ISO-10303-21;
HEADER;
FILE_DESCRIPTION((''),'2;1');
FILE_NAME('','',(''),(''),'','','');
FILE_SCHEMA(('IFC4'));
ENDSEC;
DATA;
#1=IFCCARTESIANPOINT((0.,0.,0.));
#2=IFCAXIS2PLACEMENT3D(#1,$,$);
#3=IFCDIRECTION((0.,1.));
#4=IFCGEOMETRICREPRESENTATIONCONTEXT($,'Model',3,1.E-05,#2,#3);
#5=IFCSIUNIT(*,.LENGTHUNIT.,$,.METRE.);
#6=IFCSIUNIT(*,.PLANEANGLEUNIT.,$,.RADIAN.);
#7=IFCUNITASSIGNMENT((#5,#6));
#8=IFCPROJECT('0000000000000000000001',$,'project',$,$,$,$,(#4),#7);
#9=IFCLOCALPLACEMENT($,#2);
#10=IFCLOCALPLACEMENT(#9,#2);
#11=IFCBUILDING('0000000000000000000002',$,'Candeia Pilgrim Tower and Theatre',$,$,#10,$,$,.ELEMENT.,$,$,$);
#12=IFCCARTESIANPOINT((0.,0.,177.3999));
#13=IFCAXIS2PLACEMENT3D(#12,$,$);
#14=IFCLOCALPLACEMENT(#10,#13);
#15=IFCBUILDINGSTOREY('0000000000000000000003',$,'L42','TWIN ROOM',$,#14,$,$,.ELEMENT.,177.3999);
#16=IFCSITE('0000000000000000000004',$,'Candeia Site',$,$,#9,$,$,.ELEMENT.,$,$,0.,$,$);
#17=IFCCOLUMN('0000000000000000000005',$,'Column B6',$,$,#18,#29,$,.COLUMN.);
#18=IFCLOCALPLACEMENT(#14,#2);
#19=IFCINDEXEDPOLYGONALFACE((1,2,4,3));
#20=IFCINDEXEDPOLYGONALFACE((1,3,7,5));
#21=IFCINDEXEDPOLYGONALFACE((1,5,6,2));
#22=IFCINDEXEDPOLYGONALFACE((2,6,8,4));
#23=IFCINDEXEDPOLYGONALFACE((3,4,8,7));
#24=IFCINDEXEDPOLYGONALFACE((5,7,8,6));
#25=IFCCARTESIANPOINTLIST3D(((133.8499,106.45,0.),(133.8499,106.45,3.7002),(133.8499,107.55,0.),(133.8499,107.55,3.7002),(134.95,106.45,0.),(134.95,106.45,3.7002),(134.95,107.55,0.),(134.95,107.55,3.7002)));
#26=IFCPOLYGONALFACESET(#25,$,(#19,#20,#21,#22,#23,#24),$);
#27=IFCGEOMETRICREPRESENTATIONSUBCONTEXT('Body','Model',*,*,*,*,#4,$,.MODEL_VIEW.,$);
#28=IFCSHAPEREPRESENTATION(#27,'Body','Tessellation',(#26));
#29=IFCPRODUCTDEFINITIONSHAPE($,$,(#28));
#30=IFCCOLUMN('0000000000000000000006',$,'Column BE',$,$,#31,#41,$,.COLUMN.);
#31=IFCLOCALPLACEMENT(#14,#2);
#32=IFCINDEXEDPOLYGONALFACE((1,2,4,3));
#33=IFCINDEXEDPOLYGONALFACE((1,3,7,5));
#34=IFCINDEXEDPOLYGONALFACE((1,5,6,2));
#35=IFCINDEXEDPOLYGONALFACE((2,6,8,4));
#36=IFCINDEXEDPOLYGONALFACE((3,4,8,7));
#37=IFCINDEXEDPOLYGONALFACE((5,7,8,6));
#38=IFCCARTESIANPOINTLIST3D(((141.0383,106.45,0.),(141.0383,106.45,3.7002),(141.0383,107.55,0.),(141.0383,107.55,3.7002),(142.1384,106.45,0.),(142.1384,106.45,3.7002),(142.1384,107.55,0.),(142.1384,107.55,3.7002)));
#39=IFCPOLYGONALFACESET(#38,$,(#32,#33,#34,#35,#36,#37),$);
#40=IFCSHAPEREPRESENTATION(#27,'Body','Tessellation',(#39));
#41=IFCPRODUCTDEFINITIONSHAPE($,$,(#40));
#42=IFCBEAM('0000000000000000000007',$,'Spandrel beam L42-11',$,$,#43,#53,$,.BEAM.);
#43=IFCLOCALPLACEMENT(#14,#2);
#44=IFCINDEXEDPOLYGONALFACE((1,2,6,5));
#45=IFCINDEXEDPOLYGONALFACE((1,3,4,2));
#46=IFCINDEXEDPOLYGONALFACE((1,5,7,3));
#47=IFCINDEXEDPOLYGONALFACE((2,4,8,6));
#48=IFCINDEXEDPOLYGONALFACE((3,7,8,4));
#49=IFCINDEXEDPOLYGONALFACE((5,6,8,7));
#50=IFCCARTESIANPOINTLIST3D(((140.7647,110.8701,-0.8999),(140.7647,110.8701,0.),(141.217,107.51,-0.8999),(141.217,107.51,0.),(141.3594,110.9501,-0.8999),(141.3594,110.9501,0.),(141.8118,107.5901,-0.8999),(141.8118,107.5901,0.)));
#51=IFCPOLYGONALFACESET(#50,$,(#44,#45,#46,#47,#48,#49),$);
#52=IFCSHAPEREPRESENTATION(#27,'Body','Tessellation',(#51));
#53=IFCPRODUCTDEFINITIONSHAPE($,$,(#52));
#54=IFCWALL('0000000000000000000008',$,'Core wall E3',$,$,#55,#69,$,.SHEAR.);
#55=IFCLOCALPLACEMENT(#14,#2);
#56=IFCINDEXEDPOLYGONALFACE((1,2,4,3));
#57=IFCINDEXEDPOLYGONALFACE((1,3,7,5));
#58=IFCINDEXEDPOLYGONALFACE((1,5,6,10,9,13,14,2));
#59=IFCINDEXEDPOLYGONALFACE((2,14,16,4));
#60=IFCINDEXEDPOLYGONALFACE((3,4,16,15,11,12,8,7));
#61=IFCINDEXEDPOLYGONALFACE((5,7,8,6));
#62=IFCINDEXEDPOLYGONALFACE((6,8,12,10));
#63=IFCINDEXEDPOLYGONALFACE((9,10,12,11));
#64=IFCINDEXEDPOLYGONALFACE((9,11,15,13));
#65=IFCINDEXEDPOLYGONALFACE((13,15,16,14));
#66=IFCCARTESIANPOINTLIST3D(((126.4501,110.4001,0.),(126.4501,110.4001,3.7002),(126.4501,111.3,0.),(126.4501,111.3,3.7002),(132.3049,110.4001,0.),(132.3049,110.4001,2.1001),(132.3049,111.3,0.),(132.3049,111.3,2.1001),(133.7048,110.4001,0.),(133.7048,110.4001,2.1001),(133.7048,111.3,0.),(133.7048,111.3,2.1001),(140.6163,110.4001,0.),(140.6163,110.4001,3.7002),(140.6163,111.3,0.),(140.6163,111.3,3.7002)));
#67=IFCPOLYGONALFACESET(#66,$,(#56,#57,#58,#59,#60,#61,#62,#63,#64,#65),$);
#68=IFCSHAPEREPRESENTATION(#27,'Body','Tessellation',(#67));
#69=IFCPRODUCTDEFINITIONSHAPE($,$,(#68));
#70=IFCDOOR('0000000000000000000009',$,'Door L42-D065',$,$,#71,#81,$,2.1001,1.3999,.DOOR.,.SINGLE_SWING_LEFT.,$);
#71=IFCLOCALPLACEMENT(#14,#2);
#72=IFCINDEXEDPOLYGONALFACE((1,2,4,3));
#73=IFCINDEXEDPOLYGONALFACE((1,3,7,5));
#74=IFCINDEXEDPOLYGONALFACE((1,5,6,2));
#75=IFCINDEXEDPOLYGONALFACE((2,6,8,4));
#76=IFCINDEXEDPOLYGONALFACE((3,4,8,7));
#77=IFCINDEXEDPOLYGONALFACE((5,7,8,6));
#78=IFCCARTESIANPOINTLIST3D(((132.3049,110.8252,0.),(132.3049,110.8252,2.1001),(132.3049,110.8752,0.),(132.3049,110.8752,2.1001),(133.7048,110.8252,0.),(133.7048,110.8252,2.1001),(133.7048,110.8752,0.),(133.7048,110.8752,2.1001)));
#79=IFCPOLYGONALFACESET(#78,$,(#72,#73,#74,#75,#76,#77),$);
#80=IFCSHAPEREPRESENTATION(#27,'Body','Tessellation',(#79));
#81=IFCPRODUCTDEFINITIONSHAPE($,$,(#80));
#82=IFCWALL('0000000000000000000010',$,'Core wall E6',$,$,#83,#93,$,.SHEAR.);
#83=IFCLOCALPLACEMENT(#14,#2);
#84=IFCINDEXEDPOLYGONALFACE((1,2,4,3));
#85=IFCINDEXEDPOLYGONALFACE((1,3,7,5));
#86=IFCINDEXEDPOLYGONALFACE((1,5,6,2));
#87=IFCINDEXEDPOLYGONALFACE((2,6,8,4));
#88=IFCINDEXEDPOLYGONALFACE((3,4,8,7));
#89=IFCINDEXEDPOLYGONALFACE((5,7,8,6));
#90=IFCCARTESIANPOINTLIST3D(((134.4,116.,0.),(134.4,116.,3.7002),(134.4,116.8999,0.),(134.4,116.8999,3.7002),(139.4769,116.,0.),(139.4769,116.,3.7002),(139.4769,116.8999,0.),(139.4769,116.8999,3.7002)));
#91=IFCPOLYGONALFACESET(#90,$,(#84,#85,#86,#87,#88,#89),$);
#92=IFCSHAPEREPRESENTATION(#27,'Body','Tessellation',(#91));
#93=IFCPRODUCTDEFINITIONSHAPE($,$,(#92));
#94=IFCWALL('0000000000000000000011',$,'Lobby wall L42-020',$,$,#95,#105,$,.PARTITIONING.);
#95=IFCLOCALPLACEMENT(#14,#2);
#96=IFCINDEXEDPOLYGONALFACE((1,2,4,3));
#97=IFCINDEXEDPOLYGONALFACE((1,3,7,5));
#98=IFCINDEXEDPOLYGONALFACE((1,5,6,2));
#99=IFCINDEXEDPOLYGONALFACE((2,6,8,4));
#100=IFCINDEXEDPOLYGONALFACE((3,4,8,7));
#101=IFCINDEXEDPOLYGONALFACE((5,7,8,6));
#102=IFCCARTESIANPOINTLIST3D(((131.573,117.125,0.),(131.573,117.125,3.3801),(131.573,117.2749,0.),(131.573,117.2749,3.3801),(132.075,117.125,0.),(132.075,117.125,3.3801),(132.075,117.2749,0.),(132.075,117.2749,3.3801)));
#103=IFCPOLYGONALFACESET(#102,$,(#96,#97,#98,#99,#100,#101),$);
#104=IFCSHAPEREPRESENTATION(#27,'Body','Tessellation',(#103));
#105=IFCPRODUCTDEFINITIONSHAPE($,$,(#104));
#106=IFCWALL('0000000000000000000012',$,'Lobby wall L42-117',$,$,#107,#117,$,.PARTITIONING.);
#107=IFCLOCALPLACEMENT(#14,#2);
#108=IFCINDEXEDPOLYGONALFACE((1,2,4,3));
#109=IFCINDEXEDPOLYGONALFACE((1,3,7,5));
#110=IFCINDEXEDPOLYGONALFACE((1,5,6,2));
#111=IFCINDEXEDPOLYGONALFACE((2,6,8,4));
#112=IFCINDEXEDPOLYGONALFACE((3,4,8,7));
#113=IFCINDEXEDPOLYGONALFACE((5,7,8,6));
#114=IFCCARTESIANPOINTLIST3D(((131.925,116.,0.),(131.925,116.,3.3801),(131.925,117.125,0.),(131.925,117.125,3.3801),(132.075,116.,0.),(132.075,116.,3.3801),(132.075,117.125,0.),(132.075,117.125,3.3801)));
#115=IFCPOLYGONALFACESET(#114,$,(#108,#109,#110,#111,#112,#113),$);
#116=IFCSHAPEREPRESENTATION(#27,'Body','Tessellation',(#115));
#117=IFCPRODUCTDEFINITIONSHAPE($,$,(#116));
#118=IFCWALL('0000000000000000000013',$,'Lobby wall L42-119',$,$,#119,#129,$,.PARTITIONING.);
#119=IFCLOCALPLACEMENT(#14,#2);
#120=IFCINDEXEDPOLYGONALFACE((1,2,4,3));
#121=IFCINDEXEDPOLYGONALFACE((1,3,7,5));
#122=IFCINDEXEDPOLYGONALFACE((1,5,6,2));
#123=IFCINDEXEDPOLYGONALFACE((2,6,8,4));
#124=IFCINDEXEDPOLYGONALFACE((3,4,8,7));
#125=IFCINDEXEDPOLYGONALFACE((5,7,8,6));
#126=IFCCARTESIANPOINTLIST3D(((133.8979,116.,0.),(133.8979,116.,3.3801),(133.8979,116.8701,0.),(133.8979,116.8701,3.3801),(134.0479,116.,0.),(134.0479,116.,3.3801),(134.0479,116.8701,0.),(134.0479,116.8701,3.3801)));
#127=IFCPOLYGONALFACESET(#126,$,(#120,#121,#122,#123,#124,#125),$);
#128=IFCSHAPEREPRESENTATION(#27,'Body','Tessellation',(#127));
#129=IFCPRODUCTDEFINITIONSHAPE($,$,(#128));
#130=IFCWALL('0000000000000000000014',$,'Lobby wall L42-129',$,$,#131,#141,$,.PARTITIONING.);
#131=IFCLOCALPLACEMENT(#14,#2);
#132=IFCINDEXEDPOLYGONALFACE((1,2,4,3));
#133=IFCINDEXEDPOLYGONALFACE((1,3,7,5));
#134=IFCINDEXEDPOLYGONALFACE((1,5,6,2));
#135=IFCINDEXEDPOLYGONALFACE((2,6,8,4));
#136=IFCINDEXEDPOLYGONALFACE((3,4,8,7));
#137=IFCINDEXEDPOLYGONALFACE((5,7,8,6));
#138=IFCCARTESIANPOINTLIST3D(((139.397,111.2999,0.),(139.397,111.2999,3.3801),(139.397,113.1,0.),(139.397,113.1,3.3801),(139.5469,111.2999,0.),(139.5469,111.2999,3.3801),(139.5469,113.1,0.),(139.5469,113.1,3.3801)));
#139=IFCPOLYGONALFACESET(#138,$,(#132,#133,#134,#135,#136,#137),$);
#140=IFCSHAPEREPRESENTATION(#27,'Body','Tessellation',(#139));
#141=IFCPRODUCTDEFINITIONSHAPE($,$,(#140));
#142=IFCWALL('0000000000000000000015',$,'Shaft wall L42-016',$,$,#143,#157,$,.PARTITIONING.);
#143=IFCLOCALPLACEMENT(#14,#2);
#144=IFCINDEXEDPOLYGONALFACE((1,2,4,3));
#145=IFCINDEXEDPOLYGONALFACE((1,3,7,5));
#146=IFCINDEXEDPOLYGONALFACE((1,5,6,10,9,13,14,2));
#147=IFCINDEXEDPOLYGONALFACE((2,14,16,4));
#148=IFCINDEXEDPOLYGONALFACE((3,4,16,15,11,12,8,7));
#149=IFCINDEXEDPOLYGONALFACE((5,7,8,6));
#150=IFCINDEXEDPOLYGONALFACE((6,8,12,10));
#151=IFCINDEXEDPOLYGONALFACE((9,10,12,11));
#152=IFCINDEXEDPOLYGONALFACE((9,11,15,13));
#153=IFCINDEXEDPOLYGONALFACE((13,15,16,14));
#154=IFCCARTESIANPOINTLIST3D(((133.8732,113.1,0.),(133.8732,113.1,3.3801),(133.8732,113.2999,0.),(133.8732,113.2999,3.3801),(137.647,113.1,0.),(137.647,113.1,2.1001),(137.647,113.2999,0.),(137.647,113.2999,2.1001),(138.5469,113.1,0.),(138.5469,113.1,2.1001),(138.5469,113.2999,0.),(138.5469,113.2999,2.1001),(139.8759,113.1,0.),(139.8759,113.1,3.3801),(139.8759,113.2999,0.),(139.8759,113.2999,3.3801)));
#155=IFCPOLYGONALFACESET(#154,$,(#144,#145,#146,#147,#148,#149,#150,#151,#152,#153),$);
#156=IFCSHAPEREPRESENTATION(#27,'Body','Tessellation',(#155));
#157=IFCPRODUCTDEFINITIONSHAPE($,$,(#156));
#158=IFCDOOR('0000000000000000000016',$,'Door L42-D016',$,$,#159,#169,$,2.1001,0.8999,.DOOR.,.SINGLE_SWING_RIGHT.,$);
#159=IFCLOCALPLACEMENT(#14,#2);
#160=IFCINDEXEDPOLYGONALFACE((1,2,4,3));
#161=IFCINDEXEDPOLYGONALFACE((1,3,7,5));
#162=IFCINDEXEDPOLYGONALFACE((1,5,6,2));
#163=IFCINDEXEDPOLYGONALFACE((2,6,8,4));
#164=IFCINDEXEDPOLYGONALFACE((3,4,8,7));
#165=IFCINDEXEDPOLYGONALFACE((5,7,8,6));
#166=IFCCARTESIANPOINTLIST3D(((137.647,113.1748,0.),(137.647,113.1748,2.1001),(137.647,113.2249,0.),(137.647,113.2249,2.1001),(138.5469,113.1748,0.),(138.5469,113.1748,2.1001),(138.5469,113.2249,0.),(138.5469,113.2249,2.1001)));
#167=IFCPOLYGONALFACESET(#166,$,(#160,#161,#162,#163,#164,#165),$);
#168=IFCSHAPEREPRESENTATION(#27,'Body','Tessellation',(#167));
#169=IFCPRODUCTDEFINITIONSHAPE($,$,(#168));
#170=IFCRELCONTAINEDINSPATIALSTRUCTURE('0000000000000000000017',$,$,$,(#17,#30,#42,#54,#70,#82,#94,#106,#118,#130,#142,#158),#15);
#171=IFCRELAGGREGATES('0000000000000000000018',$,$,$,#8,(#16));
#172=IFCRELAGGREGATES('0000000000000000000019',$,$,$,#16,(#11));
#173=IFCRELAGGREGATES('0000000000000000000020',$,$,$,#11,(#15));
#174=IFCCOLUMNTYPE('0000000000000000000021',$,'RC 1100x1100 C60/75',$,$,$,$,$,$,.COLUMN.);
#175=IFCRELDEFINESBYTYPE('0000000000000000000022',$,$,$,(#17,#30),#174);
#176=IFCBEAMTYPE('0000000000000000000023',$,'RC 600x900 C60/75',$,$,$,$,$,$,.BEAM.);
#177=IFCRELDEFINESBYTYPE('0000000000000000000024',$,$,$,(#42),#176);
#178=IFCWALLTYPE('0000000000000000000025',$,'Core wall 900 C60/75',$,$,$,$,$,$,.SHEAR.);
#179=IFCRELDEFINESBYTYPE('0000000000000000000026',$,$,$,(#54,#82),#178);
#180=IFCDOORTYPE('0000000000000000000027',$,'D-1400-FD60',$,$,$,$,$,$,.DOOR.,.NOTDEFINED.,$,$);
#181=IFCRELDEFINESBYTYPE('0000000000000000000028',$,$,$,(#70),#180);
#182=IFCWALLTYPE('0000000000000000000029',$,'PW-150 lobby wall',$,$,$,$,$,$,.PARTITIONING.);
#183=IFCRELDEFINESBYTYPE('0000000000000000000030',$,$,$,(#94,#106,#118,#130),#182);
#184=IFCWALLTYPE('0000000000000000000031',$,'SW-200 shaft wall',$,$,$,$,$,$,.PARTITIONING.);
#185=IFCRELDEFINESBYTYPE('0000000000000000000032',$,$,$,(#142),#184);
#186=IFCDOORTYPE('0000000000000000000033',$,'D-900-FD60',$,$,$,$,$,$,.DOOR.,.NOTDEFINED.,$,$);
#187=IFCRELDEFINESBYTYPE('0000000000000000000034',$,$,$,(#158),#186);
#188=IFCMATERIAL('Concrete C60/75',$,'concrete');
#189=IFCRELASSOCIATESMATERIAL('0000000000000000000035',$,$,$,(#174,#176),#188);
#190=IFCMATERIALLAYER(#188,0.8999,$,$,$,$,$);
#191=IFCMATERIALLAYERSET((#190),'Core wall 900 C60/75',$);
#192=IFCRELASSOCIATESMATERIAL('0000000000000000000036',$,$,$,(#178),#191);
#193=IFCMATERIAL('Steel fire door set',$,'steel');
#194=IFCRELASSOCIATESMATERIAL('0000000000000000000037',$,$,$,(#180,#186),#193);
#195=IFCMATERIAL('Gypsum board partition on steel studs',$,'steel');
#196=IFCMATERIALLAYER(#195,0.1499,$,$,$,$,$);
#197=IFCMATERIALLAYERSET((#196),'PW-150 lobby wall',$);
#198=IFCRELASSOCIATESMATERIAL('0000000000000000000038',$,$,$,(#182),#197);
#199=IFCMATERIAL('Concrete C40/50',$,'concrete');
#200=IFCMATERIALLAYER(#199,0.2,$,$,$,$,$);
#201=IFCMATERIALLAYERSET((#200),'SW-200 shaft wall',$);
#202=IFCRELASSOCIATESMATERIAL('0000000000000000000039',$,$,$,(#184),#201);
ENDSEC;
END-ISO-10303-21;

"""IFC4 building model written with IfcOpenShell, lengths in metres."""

from ifc_helpers import new_model, si_unit, direction, frame, frame_2d, origin, origin_2d, place, context, subcontext, project, spatial, rectangle, extrude, material, layer, layer_set, material_profile, profile_set, type_object, element, fill, save


model = new_model("IFC4")

# Units and contexts
model_context = context("Model", 3, precision=1e-05, world=origin(), true_north=direction((0.0, 1.0)))
body_context = subcontext(model_context, "Body", "Model", "MODEL_VIEW")
ifc_project = project(units=[si_unit("LENGTHUNIT", "METRE"), si_unit("PLANEANGLEUNIT", "RADIAN")], contexts=[model_context])

# Site, building, storey
site_placement = place(None, origin())
site = spatial("IfcSite", under=ifc_project, at=site_placement, Name="Candeia Site", CompositionType="ELEMENT", RefElevation=0.0)
building_placement = place(site_placement, origin())
building = spatial("IfcBuilding", under=site, at=building_placement, Name="Candeia Pilgrim Tower and Theatre", CompositionType="ELEMENT")
storey_placement = place(building_placement, frame((0.0, 0.0, 177.3999)))
storey = spatial("IfcBuildingStorey", under=building, at=storey_placement, Name="L42", Description="TWIN ROOM", CompositionType="ELEMENT", Elevation=177.3999)

# Columns
ifc_material_1 = material(Name="Concrete C60/75", Category="concrete")
ifc_material_profile_1 = material_profile(ifc_material_1, rectangle(XDim=1.1001, YDim=1.1001, at=origin_2d()))
ifc_profile_set_1 = profile_set([ifc_material_profile_1], Name="Concrete C60/75")
column_type = type_object("IfcColumnType", Name="RC 1100x1100 C60/75", PredefinedType="COLUMN", material=ifc_profile_set_1)
for number, where, z_axis, x_axis, name in (
    (1, (134.3999, 107.0, 0.0), (0.0, 0.0, 1.0), (1.0, 0.0, 0.0), "Column B6"),
    (2, (141.5884, 107.0, 0.0), (0.0, 0.0, 1.0), (1.0, 0.0, 0.0), "Column BE"),
):
    element("IfcColumn", number, at=place(storey_placement, frame(where, z_axis=z_axis, x_axis=x_axis)), inside=storey, type_object=column_type, Name=name, PredefinedType="COLUMN", context=body_context, shape_type="SweptSolid", body=[
        extrude(rectangle(XDim=1.1001, YDim=1.1001, at=origin_2d()), origin(), (0.0, 0.0, 1.0), 3.7002),
    ])

# Beam
ifc_material_profile_2 = material_profile(ifc_material_1, rectangle(XDim=0.6001, YDim=0.8999, at=origin_2d()))
ifc_profile_set_2 = profile_set([ifc_material_profile_2], Name="Concrete C60/75")
beam_type = type_object("IfcBeamType", Name="RC 600x900 C60/75", PredefinedType="BEAM", material=ifc_profile_set_2)
beam_placement = place(storey_placement, frame((141.5144, 107.55, -0.45), z_axis=(-0.133432, 0.991058, 0.0), x_axis=(-0.991058, -0.133432, 0.0)))
element("IfcBeam", 3, at=beam_placement, inside=storey, type_object=beam_type, Name="Spandrel beam L42-11", PredefinedType="BEAM", context=body_context, shape_type="SweptSolid", body=[
    extrude(rectangle(XDim=0.6001, YDim=0.8999, at=origin_2d()), origin(), (0.0, 0.0, 1.0), 3.3904),
])

# Wall, opening, door
ifc_layer_1 = layer(ifc_material_1, 0.8999)
ifc_layer_set_1 = layer_set([ifc_layer_1], Name="Core wall 900 C60/75")
wall_type_1 = type_object("IfcWallType", Name="Core wall 900 C60/75", PredefinedType="SHEAR", material=ifc_layer_set_1)
wall_1_placement = place(storey_placement, frame((140.6162, 110.8501, 0.0), z_axis=(0.0, 0.0, 1.0), x_axis=(-1.0, 0.0, 0.0)))
wall_1 = element("IfcWall", 4, at=wall_1_placement, inside=storey, type_object=wall_type_1, Name="Core wall E3", PredefinedType="SHEAR", context=body_context, shape_type="SweptSolid", body=[
    extrude(rectangle(XDim=14.1663, YDim=0.8999, at=frame_2d((7.083, 0.0))), origin(), (0.0, 0.0, 1.0), 3.7002),
])
opening_1_placement = place(wall_1_placement, frame((6.9114, 0.0, 0.0)))
opening_1 = element("IfcOpeningElement", 5, at=opening_1_placement, cuts=wall_1, PredefinedType="OPENING", context=body_context, shape_type="SweptSolid", body=[
    extrude(rectangle(XDim=1.3999, YDim=2.1001, at=frame_2d((0.7, 1.05))), frame((0.0, 0.46, 0.0), z_axis=(0.0, -1.0, 0.0), x_axis=(1.0, 0.0, 0.0)), (0.0, 0.0, 1.0), 0.9199),
])
ifc_material_2 = material(Name="Steel fire door set", Category="steel")
door_type_1 = type_object("IfcDoorType", Name="D-1400-FD60", OperationType="NOTDEFINED", PredefinedType="DOOR", material=ifc_material_2)
door_1_placement = place(opening_1_placement, origin())
door_1 = element("IfcDoor", 6, at=door_1_placement, inside=storey, type_object=door_type_1, Name="Door L42-D065", OperationType="SINGLE_SWING_LEFT", OverallHeight=2.1001, OverallWidth=1.3999, PredefinedType="DOOR", context=body_context, shape_type="SweptSolid", body=[
    extrude(rectangle(XDim=1.3999, YDim=2.1001, at=frame_2d((0.7, 1.05))), frame((0.0, 0.0249, 0.0), z_axis=(0.0, -1.0, 0.0), x_axis=(1.0, 0.0, 0.0)), (0.0, 0.0, 1.0), 0.05),
])
fill(opening_1, door_1)

# Walls
wall_2_placement = place(storey_placement, frame((134.3999, 116.45, 0.0), z_axis=(0.0, 0.0, 1.0), x_axis=(1.0, 0.0, 0.0)))
element("IfcWall", 7, at=wall_2_placement, inside=storey, type_object=wall_type_1, Name="Core wall E6", PredefinedType="SHEAR", context=body_context, shape_type="SweptSolid", body=[
    extrude(rectangle(XDim=5.0769, YDim=0.8999, at=frame_2d((2.5386, 0.0))), origin(), (0.0, 0.0, 1.0), 3.7002),
])
ifc_material_3 = material(Name="Gypsum board partition on steel studs", Category="steel")
ifc_layer_2 = layer(ifc_material_3, 0.1499)
ifc_layer_set_2 = layer_set([ifc_layer_2], Name="PW-150 lobby wall")
wall_type_2 = type_object("IfcWallType", Name="PW-150 lobby wall", PredefinedType="PARTITIONING", material=ifc_layer_set_2)
wall_3_placement = place(storey_placement, frame((131.573, 117.2, 0.0), z_axis=(0.0, 0.0, 1.0), x_axis=(1.0, 0.0, 0.0)))
element("IfcWall", 8, at=wall_3_placement, inside=storey, type_object=wall_type_2, Name="Lobby wall L42-020", PredefinedType="PARTITIONING", context=body_context, shape_type="SweptSolid", body=[
    extrude(rectangle(XDim=0.502, YDim=0.1499, at=frame_2d((0.251, 0.0))), origin(), (0.0, 0.0, 1.0), 3.3801),
])
wall_4_placement = place(storey_placement, frame((132.0, 116.0, 0.0), z_axis=(0.0, 0.0, 1.0), x_axis=(0.0, 1.0, 0.0)))
element("IfcWall", 9, at=wall_4_placement, inside=storey, type_object=wall_type_2, Name="Lobby wall L42-117", PredefinedType="PARTITIONING", context=body_context, shape_type="SweptSolid", body=[
    extrude(rectangle(XDim=1.125, YDim=0.1499, at=frame_2d((0.5625, 0.0))), origin(), (0.0, 0.0, 1.0), 3.3801),
])
wall_5_placement = place(storey_placement, frame((133.9729, 116.0, 0.0), z_axis=(0.0, 0.0, 1.0), x_axis=(0.0, 1.0, 0.0)))
element("IfcWall", 10, at=wall_5_placement, inside=storey, type_object=wall_type_2, Name="Lobby wall L42-119", PredefinedType="PARTITIONING", context=body_context, shape_type="SweptSolid", body=[
    extrude(rectangle(XDim=0.8701, YDim=0.1499, at=frame_2d((0.4351, 0.0))), origin(), (0.0, 0.0, 1.0), 3.3801),
])
wall_6_placement = place(storey_placement, frame((139.4719, 111.3, 0.0), z_axis=(0.0, 0.0, 1.0), x_axis=(0.0, 1.0, 0.0)))
element("IfcWall", 11, at=wall_6_placement, inside=storey, type_object=wall_type_2, Name="Lobby wall L42-129", PredefinedType="PARTITIONING", context=body_context, shape_type="SweptSolid", body=[
    extrude(rectangle(XDim=1.8, YDim=0.1499, at=frame_2d((0.8999, 0.0))), origin(), (0.0, 0.0, 1.0), 3.3801),
])

# Wall, opening, door
ifc_material_4 = material(Name="Concrete C40/50", Category="concrete")
ifc_layer_3 = layer(ifc_material_4, 0.2)
ifc_layer_set_3 = layer_set([ifc_layer_3], Name="SW-200 shaft wall")
wall_type_3 = type_object("IfcWallType", Name="SW-200 shaft wall", PredefinedType="PARTITIONING", material=ifc_layer_set_3)
wall_7_placement = place(storey_placement, frame((133.873, 113.2, 0.0), z_axis=(0.0, 0.0, 1.0), x_axis=(1.0, 0.0, 0.0)))
wall_7 = element("IfcWall", 12, at=wall_7_placement, inside=storey, type_object=wall_type_3, Name="Shaft wall L42-016", PredefinedType="PARTITIONING", context=body_context, shape_type="SweptSolid", body=[
    extrude(rectangle(XDim=6.0027, YDim=0.2, at=frame_2d((3.0015, 0.0))), origin(), (0.0, 0.0, 1.0), 3.3801),
])
opening_2_placement = place(wall_7_placement, frame((3.7739, 0.0, 0.0)))
opening_2 = element("IfcOpeningElement", 13, at=opening_2_placement, cuts=wall_7, PredefinedType="OPENING", context=body_context, shape_type="SweptSolid", body=[
    extrude(rectangle(XDim=0.8999, YDim=2.1001, at=frame_2d((0.45, 1.05))), frame((0.0, 0.1099, 0.0), z_axis=(0.0, -1.0, 0.0), x_axis=(1.0, 0.0, 0.0)), (0.0, 0.0, 1.0), 0.22),
])
door_type_2 = type_object("IfcDoorType", Name="D-900-FD60", OperationType="NOTDEFINED", PredefinedType="DOOR", material=ifc_material_2)
door_2_placement = place(opening_2_placement, origin())
door_2 = element("IfcDoor", 14, at=door_2_placement, inside=storey, type_object=door_type_2, Name="Door L42-D016", OperationType="SINGLE_SWING_RIGHT", OverallHeight=2.1001, OverallWidth=0.8999, PredefinedType="DOOR", context=body_context, shape_type="SweptSolid", body=[
    extrude(rectangle(XDim=0.8999, YDim=2.1001, at=frame_2d((0.45, 1.05))), frame((0.0, 0.0249, 0.0), z_axis=(0.0, -1.0, 0.0), x_axis=(1.0, 0.0, 0.0)), (0.0, 0.0, 1.0), 0.05),
])
fill(opening_2, door_2)

save(model, "model.ifc")
